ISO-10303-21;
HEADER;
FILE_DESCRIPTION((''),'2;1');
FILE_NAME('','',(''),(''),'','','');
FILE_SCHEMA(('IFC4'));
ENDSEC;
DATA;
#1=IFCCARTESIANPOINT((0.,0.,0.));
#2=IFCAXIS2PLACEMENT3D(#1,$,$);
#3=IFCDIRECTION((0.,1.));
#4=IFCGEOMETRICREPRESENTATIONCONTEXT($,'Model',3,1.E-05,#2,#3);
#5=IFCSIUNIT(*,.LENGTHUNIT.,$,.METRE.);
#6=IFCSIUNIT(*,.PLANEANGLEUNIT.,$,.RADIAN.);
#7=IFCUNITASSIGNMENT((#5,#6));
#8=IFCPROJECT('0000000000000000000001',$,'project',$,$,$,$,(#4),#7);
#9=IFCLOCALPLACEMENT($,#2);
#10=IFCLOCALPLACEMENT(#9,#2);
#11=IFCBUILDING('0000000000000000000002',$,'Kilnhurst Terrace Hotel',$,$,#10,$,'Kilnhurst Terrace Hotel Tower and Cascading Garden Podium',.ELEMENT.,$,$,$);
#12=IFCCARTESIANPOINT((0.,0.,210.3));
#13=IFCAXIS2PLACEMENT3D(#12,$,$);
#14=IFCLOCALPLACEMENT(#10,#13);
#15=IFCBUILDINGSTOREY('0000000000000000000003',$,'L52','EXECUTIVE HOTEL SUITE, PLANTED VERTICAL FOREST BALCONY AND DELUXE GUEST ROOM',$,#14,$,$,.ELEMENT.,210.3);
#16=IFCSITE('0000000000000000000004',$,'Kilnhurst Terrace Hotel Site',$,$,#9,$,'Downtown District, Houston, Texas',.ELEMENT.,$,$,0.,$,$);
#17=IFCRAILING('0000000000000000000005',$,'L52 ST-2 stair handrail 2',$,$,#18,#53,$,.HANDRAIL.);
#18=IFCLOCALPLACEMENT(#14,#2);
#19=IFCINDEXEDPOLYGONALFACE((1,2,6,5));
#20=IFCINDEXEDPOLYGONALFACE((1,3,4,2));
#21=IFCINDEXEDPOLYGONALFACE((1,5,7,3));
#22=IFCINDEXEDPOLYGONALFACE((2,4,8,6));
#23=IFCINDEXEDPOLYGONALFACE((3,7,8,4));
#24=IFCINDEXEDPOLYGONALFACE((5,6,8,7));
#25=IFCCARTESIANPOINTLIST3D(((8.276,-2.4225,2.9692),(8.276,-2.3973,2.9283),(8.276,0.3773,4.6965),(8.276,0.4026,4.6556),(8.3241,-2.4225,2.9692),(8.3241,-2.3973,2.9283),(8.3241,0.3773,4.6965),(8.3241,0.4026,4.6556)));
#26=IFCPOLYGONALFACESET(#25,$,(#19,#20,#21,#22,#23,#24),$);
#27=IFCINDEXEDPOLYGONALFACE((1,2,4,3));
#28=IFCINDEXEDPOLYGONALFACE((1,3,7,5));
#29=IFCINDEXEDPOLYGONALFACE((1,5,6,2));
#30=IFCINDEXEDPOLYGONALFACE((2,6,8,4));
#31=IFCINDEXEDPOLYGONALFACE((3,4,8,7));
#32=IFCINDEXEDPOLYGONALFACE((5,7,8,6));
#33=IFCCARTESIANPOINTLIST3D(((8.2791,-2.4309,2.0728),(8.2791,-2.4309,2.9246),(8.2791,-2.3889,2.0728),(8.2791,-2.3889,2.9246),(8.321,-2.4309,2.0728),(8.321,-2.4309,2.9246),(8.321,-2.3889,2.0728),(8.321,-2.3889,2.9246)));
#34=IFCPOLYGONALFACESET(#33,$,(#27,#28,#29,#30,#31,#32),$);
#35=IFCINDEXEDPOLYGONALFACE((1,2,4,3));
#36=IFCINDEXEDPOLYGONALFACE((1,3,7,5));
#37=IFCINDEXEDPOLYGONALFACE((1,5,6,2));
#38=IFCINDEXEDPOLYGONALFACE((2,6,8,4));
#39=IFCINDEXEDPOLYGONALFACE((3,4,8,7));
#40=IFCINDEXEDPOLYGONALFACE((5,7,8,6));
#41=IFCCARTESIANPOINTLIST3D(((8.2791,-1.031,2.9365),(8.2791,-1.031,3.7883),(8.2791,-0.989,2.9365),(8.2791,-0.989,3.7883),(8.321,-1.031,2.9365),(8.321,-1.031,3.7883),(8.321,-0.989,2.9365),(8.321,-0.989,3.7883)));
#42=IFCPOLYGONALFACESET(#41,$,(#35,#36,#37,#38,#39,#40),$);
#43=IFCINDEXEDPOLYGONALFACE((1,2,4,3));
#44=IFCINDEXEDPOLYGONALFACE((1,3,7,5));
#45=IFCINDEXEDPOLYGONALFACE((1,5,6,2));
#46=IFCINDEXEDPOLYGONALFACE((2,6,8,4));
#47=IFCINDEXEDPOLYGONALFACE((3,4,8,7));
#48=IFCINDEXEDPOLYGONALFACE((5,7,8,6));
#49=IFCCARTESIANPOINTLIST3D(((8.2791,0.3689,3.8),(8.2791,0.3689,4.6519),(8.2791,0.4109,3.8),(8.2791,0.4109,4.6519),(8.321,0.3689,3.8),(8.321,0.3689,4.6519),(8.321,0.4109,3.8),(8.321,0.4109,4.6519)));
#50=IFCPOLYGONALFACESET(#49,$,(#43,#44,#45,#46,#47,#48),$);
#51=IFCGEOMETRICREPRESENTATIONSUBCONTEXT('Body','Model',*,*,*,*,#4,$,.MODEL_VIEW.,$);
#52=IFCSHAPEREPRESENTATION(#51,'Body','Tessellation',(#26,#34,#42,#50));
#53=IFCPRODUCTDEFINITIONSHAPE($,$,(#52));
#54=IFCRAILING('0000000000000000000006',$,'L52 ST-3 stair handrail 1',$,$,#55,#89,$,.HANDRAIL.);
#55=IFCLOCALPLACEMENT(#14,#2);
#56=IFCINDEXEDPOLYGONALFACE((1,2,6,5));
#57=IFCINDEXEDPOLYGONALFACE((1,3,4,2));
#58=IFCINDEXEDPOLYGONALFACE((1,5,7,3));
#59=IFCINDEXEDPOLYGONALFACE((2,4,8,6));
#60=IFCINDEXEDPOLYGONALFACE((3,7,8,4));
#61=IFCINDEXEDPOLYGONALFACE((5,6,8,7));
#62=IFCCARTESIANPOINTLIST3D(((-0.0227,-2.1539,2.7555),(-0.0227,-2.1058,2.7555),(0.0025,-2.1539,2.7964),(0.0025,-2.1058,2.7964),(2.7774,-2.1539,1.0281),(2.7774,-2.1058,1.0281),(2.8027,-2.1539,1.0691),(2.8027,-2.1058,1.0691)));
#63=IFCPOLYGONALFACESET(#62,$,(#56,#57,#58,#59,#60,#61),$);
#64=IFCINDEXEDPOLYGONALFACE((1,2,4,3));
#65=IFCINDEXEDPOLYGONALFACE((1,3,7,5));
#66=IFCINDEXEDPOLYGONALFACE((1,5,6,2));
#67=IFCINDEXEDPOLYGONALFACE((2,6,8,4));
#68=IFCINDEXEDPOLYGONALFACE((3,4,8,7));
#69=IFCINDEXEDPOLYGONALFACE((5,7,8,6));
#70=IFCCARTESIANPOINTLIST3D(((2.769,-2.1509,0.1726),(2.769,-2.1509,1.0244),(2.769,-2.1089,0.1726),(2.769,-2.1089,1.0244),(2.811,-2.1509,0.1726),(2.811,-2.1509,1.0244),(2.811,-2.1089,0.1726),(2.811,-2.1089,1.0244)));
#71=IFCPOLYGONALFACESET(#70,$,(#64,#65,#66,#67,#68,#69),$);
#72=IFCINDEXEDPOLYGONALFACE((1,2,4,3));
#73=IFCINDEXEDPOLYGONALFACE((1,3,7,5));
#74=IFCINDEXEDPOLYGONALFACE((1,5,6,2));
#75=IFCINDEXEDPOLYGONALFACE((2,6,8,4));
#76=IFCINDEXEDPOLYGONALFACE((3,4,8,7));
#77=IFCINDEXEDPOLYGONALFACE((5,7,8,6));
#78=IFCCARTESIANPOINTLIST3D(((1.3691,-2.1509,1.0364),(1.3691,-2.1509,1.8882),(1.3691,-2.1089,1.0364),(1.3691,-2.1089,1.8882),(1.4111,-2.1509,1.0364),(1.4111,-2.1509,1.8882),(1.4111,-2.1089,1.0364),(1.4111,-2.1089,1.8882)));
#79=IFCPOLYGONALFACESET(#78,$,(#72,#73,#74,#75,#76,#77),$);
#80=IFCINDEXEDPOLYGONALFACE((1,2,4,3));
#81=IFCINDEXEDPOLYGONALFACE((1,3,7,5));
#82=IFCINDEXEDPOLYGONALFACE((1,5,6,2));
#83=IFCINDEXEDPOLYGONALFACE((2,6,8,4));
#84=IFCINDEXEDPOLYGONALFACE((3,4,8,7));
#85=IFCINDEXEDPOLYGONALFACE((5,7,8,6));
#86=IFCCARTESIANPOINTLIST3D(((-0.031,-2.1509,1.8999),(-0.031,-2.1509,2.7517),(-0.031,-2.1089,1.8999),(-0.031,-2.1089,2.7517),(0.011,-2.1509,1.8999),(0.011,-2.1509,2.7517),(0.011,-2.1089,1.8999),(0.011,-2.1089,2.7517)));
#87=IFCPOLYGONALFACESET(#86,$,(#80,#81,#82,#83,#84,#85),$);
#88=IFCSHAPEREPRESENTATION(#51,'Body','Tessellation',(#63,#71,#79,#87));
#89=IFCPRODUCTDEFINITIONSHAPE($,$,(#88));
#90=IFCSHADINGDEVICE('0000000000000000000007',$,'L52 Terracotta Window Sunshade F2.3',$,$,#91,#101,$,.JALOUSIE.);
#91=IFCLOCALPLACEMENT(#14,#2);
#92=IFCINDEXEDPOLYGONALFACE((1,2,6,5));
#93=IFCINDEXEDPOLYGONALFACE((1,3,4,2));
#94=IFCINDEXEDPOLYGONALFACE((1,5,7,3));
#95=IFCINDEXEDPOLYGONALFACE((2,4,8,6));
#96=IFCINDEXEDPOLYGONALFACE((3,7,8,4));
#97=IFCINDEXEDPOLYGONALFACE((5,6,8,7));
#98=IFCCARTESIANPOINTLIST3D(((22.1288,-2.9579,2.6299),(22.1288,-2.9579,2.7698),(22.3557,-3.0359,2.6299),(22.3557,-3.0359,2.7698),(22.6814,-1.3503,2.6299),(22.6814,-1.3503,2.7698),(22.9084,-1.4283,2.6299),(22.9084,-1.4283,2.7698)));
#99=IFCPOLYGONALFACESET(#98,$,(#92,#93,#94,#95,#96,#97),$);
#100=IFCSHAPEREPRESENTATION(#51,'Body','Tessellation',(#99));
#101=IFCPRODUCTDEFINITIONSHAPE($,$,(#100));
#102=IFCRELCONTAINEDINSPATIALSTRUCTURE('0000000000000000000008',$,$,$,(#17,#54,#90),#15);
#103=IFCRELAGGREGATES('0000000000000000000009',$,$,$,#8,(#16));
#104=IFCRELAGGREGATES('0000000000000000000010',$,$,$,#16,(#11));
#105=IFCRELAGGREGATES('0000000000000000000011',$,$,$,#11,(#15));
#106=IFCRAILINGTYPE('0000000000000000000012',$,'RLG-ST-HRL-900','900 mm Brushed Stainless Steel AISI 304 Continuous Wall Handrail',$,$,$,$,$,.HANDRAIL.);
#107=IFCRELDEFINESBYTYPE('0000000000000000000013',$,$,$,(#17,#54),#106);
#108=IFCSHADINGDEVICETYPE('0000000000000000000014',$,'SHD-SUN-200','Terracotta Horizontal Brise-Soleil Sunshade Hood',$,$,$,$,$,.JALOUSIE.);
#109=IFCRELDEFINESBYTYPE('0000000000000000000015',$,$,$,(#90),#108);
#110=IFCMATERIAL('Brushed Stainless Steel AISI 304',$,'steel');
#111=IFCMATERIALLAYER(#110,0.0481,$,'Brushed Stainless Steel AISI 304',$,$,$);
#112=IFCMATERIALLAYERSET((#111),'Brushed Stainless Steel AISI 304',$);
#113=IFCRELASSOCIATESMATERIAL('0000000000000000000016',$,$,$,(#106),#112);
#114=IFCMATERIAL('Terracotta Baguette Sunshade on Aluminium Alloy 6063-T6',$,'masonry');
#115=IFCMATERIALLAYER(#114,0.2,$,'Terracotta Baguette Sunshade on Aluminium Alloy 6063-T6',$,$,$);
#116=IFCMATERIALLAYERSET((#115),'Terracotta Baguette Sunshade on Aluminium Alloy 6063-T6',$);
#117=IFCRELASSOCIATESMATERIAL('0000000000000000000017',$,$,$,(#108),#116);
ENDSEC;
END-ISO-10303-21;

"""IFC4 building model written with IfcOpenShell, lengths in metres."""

from ifc_helpers import new_model, si_unit, direction, frame, origin, origin_2d, place, context, subcontext, project, spatial, rectangle, extrude, material, layer, layer_set, type_object, element, save


model = new_model("IFC4")

# Units and contexts
model_context = context("Model", 3, precision=1e-05, world=origin(), true_north=direction((0.0, 1.0)))
body_context = subcontext(model_context, "Body", "Model", "MODEL_VIEW")
ifc_project = project(units=[si_unit("LENGTHUNIT", "METRE"), si_unit("PLANEANGLEUNIT", "RADIAN")], contexts=[model_context])

# Site, building, storey
site_placement = place(None, origin())
site = spatial("IfcSite", under=ifc_project, at=site_placement, Name="Kilnhurst Terrace Hotel Site", LongName="Downtown District, Houston, Texas", CompositionType="ELEMENT", RefElevation=0.0)
building_placement = place(site_placement, origin())
building = spatial("IfcBuilding", under=site, at=building_placement, Name="Kilnhurst Terrace Hotel", LongName="Kilnhurst Terrace Hotel Tower and Cascading Garden Podium", CompositionType="ELEMENT")
storey_placement = place(building_placement, frame((0.0, 0.0, 210.3)))
storey = spatial("IfcBuildingStorey", under=building, at=storey_placement, Name="L52", Description="EXECUTIVE HOTEL SUITE, PLANTED VERTICAL FOREST BALCONY AND DELUXE GUEST ROOM", CompositionType="ELEMENT", Elevation=210.3)

# Railings
ifc_material_1 = material(Name="Brushed Stainless Steel AISI 304", Category="steel")
ifc_layer_1 = layer(ifc_material_1, 0.0481, Name="Brushed Stainless Steel AISI 304")
ifc_layer_set_1 = layer_set([ifc_layer_1], Name="Brushed Stainless Steel AISI 304")
railing_type_1 = type_object("IfcRailingType", Name="RLG-ST-HRL-900", Description="900 mm Brushed Stainless Steel AISI 304 Continuous Wall Handrail", PredefinedType="HANDRAIL", material=ifc_layer_set_1)
railing_1_placement = place(storey_placement, frame((8.3, -2.4099, 2.0728)))
element("IfcRailing", 1, at=railing_1_placement, inside=storey, type_object=railing_type_1, Name="L52 ST-2 stair handrail 2", PredefinedType="HANDRAIL", context=body_context, shape_type="SweptSolid", body=[
    extrude(rectangle(XDim=0.0481, YDim=0.0481, at=origin_2d()), frame((0.0, 0.0, 0.876), z_axis=(0.0, 0.851069, 0.525054), x_axis=(-1.0, 0.0, 0.0)), (0.0, 0.0, 1.0), 3.2898),
    extrude(rectangle(XDim=0.042, YDim=0.042, at=origin_2d()), origin(), (0.0, 0.0, 1.0), 0.8518),
    extrude(rectangle(XDim=0.042, YDim=0.042, at=origin_2d()), frame((0.0, 1.3999, 0.8638)), (0.0, 0.0, 1.0), 0.8518),
    extrude(rectangle(XDim=0.042, YDim=0.042, at=origin_2d()), frame((0.0, 2.7998, 1.7273)), (0.0, 0.0, 1.0), 0.8518),
])
railing_2_placement = place(storey_placement, frame((2.79, -2.1299, 0.1726)))
element("IfcRailing", 2, at=railing_2_placement, inside=storey, type_object=railing_type_1, Name="L52 ST-3 stair handrail 1", PredefinedType="HANDRAIL", context=body_context, shape_type="SweptSolid", body=[
    extrude(rectangle(XDim=0.0481, YDim=0.0481, at=origin_2d()), frame((0.0, 0.0, 0.876), z_axis=(-0.85109, 0.0, 0.52502), x_axis=(0.0, -1.0, 0.0)), (0.0, 0.0, 1.0), 3.29),
    extrude(rectangle(XDim=0.042, YDim=0.042, at=origin_2d()), origin(), (0.0, 0.0, 1.0), 0.8518),
    extrude(rectangle(XDim=0.042, YDim=0.042, at=origin_2d()), frame((-1.3999, 0.0, 0.8638)), (0.0, 0.0, 1.0), 0.8518),
    extrude(rectangle(XDim=0.042, YDim=0.042, at=origin_2d()), frame((-2.8, 0.0, 1.7273)), (0.0, 0.0, 1.0), 0.8518),
])

# Shading device
ifc_material_2 = material(Name="Terracotta Baguette Sunshade on Aluminium Alloy 6063-T6", Category="masonry")
ifc_layer_2 = layer(ifc_material_2, 0.2, Name="Terracotta Baguette Sunshade on Aluminium Alloy 6063-T6")
ifc_layer_set_2 = layer_set([ifc_layer_2], Name="Terracotta Baguette Sunshade on Aluminium Alloy 6063-T6")
shading_device_type = type_object("IfcShadingDeviceType", Name="SHD-SUN-200", Description="Terracotta Horizontal Brise-Soleil Sunshade Hood", PredefinedType="JALOUSIE", material=ifc_layer_set_2)
shading_device_placement = place(storey_placement, frame((22.5186, -2.1931, 2.6299), z_axis=(0.0, 0.0, 1.0), x_axis=(0.32509, 0.945683, 0.0)))
element("IfcShadingDevice", 3, at=shading_device_placement, inside=storey, type_object=shading_device_type, Name="L52 Terracotta Window Sunshade F2.3", PredefinedType="JALOUSIE", context=body_context, shape_type="SweptSolid", body=[
    extrude(rectangle(XDim=1.7, YDim=0.24, at=origin_2d()), origin(), (0.0, 0.0, 1.0), 0.1399),
])

save(model, "model.ifc")
